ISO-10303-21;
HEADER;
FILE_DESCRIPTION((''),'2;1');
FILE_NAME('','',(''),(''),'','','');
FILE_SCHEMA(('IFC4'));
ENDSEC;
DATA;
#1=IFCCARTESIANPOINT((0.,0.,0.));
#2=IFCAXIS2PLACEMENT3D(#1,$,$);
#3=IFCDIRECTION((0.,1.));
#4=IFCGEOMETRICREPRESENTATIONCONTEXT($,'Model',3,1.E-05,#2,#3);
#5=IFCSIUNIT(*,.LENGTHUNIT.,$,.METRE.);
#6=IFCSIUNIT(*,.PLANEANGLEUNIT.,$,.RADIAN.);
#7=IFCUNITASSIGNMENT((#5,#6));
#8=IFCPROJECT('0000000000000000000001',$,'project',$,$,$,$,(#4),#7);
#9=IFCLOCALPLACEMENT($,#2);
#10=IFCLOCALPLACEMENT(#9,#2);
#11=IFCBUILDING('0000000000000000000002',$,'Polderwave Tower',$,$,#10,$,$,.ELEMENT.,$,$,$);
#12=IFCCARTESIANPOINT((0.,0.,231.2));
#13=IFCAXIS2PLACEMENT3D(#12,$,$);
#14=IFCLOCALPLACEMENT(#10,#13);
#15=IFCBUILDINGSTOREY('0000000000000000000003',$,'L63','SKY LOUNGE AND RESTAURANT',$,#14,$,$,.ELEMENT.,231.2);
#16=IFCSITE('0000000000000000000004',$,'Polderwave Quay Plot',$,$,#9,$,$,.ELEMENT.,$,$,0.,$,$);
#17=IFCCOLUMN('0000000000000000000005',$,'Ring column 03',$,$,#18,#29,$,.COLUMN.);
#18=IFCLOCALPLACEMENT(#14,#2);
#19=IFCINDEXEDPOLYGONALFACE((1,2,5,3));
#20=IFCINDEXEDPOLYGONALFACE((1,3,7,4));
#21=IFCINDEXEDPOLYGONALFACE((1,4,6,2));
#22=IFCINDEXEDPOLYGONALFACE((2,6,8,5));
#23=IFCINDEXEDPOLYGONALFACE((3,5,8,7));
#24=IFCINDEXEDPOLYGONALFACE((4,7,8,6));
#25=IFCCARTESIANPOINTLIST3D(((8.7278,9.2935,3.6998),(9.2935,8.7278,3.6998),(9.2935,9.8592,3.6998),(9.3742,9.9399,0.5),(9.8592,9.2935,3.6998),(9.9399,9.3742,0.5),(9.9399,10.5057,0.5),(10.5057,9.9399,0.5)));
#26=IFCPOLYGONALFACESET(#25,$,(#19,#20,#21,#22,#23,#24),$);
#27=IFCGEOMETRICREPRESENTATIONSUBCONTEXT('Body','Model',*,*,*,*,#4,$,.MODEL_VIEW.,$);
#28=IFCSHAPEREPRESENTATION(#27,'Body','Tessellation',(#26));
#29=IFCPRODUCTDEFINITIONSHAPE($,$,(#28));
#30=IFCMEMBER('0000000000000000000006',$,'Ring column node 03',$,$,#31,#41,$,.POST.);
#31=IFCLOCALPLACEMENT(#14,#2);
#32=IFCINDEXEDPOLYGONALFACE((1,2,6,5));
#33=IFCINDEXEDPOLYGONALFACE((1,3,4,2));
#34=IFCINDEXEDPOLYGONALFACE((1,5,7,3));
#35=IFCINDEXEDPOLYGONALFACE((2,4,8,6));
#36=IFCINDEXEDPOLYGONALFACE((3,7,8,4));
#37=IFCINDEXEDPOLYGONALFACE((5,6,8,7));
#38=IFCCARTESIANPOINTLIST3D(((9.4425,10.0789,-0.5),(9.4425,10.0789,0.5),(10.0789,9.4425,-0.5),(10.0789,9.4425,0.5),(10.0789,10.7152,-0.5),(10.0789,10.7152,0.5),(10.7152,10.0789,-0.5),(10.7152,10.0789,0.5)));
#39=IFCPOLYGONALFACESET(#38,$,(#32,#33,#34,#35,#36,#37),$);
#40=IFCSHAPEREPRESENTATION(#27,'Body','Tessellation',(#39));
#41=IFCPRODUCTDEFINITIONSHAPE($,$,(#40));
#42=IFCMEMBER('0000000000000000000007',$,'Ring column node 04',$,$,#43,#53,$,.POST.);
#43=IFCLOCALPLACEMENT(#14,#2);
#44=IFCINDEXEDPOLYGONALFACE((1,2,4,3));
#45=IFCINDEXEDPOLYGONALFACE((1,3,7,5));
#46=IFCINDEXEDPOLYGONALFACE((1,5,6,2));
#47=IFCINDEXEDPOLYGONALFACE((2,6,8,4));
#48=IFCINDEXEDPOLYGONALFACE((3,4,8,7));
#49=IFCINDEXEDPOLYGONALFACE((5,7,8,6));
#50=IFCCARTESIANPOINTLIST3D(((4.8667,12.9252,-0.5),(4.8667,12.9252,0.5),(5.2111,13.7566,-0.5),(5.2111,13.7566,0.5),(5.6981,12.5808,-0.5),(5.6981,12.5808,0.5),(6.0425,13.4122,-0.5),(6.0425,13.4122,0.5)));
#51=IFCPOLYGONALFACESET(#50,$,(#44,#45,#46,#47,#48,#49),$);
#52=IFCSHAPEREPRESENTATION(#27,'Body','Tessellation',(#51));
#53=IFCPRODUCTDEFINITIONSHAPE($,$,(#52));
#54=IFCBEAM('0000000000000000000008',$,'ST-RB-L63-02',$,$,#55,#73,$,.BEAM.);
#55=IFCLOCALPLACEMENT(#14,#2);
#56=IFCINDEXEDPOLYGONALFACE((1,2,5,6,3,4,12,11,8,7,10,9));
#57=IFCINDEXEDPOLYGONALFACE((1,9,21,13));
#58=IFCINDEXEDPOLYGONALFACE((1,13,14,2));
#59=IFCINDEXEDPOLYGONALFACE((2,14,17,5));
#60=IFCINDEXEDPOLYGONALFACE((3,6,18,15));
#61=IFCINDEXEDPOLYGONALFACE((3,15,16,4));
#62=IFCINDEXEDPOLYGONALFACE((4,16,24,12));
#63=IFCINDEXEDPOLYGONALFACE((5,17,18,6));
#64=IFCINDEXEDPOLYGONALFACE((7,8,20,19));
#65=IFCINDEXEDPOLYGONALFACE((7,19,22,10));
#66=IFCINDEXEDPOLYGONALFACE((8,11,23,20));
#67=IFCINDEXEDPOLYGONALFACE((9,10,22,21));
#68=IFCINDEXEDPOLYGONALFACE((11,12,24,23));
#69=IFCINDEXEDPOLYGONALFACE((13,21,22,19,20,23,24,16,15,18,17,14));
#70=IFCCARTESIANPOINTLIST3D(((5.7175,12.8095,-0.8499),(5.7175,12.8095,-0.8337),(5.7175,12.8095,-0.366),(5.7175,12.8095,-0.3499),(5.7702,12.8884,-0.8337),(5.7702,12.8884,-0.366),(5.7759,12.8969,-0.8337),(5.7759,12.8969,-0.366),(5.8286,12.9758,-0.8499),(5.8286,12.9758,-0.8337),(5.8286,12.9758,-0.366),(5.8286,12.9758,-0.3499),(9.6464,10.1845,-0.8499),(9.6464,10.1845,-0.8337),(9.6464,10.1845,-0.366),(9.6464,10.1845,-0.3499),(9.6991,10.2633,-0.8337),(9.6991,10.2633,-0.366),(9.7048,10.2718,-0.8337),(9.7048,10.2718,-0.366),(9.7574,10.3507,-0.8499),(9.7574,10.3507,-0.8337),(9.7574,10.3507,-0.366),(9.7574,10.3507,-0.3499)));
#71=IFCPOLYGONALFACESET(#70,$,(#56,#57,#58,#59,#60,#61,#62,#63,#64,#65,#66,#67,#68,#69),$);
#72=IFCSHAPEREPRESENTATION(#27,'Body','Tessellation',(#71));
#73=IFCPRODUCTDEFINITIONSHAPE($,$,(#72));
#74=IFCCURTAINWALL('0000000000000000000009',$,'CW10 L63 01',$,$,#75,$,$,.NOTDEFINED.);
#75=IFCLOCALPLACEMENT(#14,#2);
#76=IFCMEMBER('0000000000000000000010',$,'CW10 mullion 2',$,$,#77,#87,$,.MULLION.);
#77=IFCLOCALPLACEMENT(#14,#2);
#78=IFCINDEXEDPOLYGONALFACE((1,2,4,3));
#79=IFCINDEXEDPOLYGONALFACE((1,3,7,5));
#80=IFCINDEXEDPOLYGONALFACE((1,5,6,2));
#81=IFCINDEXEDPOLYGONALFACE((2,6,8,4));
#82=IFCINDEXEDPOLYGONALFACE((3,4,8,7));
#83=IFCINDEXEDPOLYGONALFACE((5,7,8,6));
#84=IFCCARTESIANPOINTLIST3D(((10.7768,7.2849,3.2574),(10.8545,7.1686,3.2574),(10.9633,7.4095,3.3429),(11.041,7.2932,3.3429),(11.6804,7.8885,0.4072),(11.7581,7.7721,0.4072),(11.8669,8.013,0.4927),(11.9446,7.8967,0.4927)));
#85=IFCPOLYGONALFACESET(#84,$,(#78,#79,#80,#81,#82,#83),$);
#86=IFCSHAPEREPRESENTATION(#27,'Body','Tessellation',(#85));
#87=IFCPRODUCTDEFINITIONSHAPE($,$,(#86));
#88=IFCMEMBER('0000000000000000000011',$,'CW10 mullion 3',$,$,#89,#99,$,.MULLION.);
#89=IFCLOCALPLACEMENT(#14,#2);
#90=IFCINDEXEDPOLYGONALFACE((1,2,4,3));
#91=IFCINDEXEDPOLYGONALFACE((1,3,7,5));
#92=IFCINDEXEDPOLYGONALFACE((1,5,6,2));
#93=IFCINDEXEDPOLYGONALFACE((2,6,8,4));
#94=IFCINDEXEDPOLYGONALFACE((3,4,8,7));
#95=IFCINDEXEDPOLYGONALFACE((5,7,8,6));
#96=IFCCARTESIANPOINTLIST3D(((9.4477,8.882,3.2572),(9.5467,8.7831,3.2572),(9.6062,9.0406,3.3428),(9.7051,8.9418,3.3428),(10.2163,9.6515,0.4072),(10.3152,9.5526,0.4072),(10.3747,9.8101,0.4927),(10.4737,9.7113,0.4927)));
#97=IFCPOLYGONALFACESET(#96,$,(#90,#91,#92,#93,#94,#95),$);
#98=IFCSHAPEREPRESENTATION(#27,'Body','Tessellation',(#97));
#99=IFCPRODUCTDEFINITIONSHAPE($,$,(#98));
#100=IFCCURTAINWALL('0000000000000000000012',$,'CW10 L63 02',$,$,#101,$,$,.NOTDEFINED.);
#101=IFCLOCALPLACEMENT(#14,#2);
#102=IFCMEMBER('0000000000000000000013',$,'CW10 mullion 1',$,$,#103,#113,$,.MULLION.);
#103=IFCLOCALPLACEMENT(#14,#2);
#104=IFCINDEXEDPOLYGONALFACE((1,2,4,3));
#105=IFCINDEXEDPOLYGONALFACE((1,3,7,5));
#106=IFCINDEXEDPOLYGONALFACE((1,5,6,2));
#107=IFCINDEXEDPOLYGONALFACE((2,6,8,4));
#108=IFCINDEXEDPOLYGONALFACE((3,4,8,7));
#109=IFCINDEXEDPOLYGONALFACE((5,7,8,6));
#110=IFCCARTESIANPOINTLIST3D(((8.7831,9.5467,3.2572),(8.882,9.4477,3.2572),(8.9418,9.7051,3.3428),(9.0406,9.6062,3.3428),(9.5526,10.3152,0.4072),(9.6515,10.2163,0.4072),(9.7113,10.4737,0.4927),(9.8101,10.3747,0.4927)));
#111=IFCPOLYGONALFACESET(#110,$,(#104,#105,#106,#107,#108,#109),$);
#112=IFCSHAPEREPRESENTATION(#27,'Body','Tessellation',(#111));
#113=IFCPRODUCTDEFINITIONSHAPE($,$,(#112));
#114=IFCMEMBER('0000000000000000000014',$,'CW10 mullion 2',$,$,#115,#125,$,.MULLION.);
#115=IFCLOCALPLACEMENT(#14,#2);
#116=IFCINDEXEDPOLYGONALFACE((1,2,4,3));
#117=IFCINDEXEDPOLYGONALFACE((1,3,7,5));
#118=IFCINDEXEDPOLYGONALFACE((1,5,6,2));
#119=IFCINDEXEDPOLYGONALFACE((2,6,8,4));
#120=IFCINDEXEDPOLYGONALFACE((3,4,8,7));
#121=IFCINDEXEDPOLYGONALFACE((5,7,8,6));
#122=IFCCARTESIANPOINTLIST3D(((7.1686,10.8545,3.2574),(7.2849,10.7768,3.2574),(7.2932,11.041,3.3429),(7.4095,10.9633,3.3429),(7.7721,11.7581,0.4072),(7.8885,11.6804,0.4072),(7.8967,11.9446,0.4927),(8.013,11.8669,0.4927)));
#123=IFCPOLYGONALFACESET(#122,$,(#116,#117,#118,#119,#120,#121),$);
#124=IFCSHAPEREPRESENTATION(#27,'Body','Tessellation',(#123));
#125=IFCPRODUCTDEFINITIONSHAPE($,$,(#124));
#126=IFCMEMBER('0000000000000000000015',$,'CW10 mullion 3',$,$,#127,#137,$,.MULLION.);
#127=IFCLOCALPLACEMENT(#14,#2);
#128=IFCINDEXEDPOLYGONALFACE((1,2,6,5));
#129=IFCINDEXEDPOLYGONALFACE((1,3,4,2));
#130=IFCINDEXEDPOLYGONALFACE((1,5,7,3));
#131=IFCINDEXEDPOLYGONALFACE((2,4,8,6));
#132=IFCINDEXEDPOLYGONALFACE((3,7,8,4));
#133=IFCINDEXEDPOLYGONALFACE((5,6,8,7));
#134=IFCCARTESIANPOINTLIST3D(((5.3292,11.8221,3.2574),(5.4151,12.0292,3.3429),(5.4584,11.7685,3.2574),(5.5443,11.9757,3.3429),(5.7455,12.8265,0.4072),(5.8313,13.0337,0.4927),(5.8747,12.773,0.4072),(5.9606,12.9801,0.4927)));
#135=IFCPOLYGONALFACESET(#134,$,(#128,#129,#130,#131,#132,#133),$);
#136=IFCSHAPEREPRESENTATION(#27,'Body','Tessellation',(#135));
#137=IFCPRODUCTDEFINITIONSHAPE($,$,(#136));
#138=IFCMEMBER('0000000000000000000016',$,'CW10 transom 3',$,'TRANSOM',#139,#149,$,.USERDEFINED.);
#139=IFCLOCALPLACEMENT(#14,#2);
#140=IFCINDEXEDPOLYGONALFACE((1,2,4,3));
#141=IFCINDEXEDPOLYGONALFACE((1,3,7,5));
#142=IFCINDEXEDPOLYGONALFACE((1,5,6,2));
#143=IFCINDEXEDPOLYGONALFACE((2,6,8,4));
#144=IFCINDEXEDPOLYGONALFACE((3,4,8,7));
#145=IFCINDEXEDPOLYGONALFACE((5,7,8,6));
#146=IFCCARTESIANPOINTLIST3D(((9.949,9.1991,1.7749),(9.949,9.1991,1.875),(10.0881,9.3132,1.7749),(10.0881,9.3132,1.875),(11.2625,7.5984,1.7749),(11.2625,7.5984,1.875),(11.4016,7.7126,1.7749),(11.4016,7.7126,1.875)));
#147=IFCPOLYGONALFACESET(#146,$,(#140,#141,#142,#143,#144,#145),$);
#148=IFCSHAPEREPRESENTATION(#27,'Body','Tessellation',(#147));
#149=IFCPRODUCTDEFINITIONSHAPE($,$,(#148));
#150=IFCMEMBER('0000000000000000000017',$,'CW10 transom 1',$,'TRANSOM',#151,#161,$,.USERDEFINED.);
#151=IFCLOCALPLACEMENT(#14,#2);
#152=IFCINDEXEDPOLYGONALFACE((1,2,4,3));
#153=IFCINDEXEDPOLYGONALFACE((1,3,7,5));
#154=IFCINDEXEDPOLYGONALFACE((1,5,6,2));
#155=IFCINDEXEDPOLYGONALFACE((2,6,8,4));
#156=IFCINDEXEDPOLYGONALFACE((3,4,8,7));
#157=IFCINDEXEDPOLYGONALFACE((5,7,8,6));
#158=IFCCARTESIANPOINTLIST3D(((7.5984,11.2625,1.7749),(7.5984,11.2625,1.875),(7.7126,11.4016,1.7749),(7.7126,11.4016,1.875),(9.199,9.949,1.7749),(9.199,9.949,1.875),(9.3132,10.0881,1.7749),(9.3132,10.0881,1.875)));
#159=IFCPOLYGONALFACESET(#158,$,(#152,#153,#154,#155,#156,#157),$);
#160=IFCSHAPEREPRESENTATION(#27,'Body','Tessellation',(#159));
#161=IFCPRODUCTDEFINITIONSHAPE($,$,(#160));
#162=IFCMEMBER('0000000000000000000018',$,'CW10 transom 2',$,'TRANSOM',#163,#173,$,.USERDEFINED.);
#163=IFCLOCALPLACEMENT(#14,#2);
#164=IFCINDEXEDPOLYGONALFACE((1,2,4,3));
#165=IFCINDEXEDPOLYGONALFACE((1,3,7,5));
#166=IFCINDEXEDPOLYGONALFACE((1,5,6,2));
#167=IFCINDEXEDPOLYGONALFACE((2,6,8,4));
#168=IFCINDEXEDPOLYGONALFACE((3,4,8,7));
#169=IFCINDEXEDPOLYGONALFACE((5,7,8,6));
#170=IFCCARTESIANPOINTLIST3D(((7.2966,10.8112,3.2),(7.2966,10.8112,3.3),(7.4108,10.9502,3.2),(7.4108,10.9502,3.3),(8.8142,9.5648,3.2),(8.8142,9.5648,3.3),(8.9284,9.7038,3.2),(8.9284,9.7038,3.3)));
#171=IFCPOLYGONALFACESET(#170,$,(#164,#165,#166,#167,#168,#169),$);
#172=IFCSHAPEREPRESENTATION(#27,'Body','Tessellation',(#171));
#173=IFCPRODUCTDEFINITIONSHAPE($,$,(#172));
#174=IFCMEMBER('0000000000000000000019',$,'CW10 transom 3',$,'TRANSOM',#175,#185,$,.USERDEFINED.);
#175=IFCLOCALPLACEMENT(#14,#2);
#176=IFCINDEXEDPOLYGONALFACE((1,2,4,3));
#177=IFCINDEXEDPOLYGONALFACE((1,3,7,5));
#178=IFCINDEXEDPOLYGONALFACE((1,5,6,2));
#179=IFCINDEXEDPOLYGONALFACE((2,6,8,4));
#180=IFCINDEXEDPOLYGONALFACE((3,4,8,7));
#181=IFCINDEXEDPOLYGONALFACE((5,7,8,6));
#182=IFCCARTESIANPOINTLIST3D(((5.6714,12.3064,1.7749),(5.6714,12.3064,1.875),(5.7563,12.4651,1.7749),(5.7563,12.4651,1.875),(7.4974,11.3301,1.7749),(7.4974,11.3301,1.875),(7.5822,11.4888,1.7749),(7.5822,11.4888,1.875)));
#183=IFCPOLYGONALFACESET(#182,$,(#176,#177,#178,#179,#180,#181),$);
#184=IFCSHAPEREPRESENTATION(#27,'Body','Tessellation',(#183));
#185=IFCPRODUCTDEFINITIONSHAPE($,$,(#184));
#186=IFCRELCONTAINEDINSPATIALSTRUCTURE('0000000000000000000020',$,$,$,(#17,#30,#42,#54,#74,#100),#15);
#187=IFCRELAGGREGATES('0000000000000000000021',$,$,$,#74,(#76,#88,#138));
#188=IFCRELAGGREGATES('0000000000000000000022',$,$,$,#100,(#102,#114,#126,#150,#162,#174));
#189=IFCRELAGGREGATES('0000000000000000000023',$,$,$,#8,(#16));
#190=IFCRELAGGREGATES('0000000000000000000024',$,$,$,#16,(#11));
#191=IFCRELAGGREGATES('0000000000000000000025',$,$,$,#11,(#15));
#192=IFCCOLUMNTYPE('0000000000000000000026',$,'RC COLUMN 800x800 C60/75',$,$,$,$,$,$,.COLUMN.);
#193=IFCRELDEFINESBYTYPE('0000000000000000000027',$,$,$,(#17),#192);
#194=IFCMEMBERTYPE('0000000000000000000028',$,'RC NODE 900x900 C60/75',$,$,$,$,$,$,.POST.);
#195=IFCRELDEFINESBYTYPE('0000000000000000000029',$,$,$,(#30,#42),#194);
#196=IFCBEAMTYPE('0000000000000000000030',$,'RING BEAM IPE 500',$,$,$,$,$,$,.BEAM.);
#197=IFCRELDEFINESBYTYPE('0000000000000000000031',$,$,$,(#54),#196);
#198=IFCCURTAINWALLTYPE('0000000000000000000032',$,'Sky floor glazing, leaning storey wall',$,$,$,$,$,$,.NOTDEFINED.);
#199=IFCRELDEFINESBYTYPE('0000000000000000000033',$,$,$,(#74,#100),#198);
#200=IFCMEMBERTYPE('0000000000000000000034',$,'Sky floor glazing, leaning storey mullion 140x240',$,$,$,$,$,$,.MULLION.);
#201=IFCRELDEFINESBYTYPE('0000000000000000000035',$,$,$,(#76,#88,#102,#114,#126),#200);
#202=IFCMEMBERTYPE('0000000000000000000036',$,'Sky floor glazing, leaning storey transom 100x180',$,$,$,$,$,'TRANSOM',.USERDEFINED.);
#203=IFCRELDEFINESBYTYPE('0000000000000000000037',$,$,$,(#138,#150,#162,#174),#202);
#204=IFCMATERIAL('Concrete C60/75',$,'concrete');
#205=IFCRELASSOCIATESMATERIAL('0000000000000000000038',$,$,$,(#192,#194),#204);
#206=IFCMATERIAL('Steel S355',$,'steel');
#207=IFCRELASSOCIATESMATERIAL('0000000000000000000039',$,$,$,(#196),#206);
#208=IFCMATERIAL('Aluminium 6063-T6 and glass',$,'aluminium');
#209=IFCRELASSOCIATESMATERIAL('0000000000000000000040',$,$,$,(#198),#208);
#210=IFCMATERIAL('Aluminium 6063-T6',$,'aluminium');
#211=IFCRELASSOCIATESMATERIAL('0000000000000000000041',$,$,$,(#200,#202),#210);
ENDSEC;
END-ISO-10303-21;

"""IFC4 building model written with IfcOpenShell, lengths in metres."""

from ifc_helpers import new_model, si_unit, direction, frame, origin, origin_2d, place, context, subcontext, project, spatial, rectangle, i_section, extrude, material, material_profile, profile_set, type_object, element, aggregate, save


model = new_model("IFC4")

# Units and contexts
model_context = context("Model", 3, precision=1e-05, world=origin(), true_north=direction((0.0, 1.0)))
body_context = subcontext(model_context, "Body", "Model", "MODEL_VIEW")
ifc_project = project(units=[si_unit("LENGTHUNIT", "METRE"), si_unit("PLANEANGLEUNIT", "RADIAN")], contexts=[model_context])

# Site, building, storey
site_placement = place(None, origin())
site = spatial("IfcSite", under=ifc_project, at=site_placement, Name="Polderwave Quay Plot", CompositionType="ELEMENT", RefElevation=0.0)
building_placement = place(site_placement, origin())
building = spatial("IfcBuilding", under=site, at=building_placement, Name="Polderwave Tower", CompositionType="ELEMENT")
storey_placement = place(building_placement, frame((0.0, 0.0, 231.2)))
storey = spatial("IfcBuildingStorey", under=building, at=storey_placement, Name="L63", Description="SKY LOUNGE AND RESTAURANT", CompositionType="ELEMENT", Elevation=231.2)

# Column
ifc_material_1 = material(Name="Concrete C60/75", Category="concrete")
ifc_material_profile_1 = material_profile(ifc_material_1, rectangle(XDim=0.8, YDim=0.8, at=origin_2d()), Name="RC 800x800")
ifc_profile_set_1 = profile_set([ifc_material_profile_1], Name="Concrete C60/75")
column_type = type_object("IfcColumnType", Name="RC COLUMN 800x800 C60/75", PredefinedType="COLUMN", material=ifc_profile_set_1)
column_placement = place(storey_placement, frame((9.9399, 9.9399, 0.5), z_axis=(0.0, 0.0, 1.0), x_axis=(0.707107, -0.707107, 0.0)))
element("IfcColumn", 1, at=column_placement, inside=storey, type_object=column_type, Name="Ring column 03", PredefinedType="COLUMN", context=body_context, shape_type="SweptSolid", body=[
    extrude(rectangle(XDim=0.8, YDim=0.8, at=origin_2d()), origin(), (0.0, -0.27472, 0.961524), 3.3279),
])

# Members
ifc_material_profile_2 = material_profile(ifc_material_1, rectangle(XDim=0.8999, YDim=0.8999, at=origin_2d()), Name="RC 900x900")
ifc_profile_set_2 = profile_set([ifc_material_profile_2], Name="Concrete C60/75")
member_type_1 = type_object("IfcMemberType", Name="RC NODE 900x900 C60/75", PredefinedType="POST", material=ifc_profile_set_2)
for number, where, z_axis, x_axis, name in (
    (2, (10.0789, 10.0789, -0.5), (0.0, 0.0, 1.0), (0.707107, 0.707107, 0.0), "Ring column node 03"),
    (3, (5.4546, 13.1687, -0.5), (0.0, 0.0, 1.0), (0.382683, 0.92388, 0.0), "Ring column node 04"),
):
    element("IfcMember", number, at=place(storey_placement, frame(where, z_axis=z_axis, x_axis=x_axis)), inside=storey, type_object=member_type_1, Name=name, PredefinedType="POST", context=body_context, shape_type="SweptSolid", body=[
        extrude(rectangle(XDim=0.8999, YDim=0.8999, at=origin_2d()), origin(), (0.0, 0.0, 1.0), 1.0),
    ])

# Beam
ifc_material_2 = material(Name="Steel S355", Category="steel")
ifc_material_profile_3 = material_profile(ifc_material_2, i_section(OverallWidth=0.2, OverallDepth=0.5, WebThickness=0.0103, FlangeThickness=0.0161, at=origin_2d()), Name="IPE 500")
ifc_profile_set_3 = profile_set([ifc_material_profile_3], Name="Steel S355")
beam_type = type_object("IfcBeamType", Name="RING BEAM IPE 500", PredefinedType="BEAM", material=ifc_profile_set_3)
beam_placement = place(storey_placement, frame((9.7019, 10.2676, -0.5999), z_axis=(-0.831478, 0.555558, 0.0), x_axis=(-0.555558, -0.831478, 0.0)))
element("IfcBeam", 4, at=beam_placement, inside=storey, type_object=beam_type, Name="ST-RB-L63-02", PredefinedType="BEAM", context=body_context, shape_type="SweptSolid", body=[
    extrude(i_section(OverallWidth=0.2, OverallDepth=0.5, WebThickness=0.0103, FlangeThickness=0.0161, at=origin_2d()), origin(), (0.0, 0.0, 1.0), 4.7251),
])

# Curtain walls, members
ifc_material_3 = material(Name="Aluminium 6063-T6 and glass", Category="aluminium")
curtain_wall_type = type_object("IfcCurtainWallType", Name="Sky floor glazing, leaning storey wall", PredefinedType="NOTDEFINED", material=ifc_material_3)
curtain_wall_1_placement = place(storey_placement, origin())
curtain_wall_1 = element("IfcCurtainWall", 5, at=curtain_wall_1_placement, inside=storey, type_object=curtain_wall_type, Name="CW10 L63 01", PredefinedType="NOTDEFINED")
ifc_material_4 = material(Name="Aluminium 6063-T6", Category="aluminium")
ifc_material_profile_4 = material_profile(ifc_material_4, rectangle(XDim=0.1399, YDim=0.24, at=origin_2d()), Name="AL 140x240")
ifc_profile_set_4 = profile_set([ifc_material_profile_4], Name="Aluminium 6063-T6")
member_type_2 = type_object("IfcMemberType", Name="Sky floor glazing, leaning storey mullion 140x240", PredefinedType="MULLION", material=ifc_profile_set_4)
member_1_placement = place(storey_placement, frame((11.8125, 7.8926, 0.45), z_axis=(-0.296231, -0.197861, 0.934397), x_axis=(0.555426, -0.831566, 0.0)))
member_1 = element("IfcMember", 6, at=member_1_placement, type_object=member_type_2, Name="CW10 mullion 2", PredefinedType="MULLION", context=body_context, shape_type="SweptSolid", body=[
    extrude(rectangle(XDim=0.1399, YDim=0.24, at=origin_2d()), origin(), (0.0, 0.0, 1.0), 3.0503),
])
member_2_placement = place(storey_placement, frame((10.345, 9.6814, 0.45), z_axis=(-0.251939, -0.252259, 0.934287), x_axis=(0.707556, -0.706658, 0.0)))
member_2 = element("IfcMember", 7, at=member_2_placement, type_object=member_type_2, Name="CW10 mullion 3", PredefinedType="MULLION", context=body_context, shape_type="SweptSolid", body=[
    extrude(rectangle(XDim=0.1399, YDim=0.24, at=origin_2d()), origin(), (0.0, 0.0, 1.0), 3.0505),
])
curtain_wall_2_placement = place(storey_placement, origin())
curtain_wall_2 = element("IfcCurtainWall", 8, at=curtain_wall_2_placement, inside=storey, type_object=curtain_wall_type, Name="CW10 L63 02", PredefinedType="NOTDEFINED")
member_3_placement = place(storey_placement, frame((9.6814, 10.345, 0.45), z_axis=(-0.252259, -0.251939, 0.934287), x_axis=(0.706658, -0.707556, 0.0)))
member_3 = element("IfcMember", 9, at=member_3_placement, type_object=member_type_2, Name="CW10 mullion 1", PredefinedType="MULLION", context=body_context, shape_type="SweptSolid", body=[
    extrude(rectangle(XDim=0.1399, YDim=0.24, at=origin_2d()), origin(), (0.0, 0.0, 1.0), 3.0505),
])
member_4_placement = place(storey_placement, frame((7.8926, 11.8125, 0.45), z_axis=(-0.197861, -0.296231, 0.934397), x_axis=(0.831566, -0.555426, 0.0)))
member_4 = element("IfcMember", 10, at=member_4_placement, type_object=member_type_2, Name="CW10 mullion 2", PredefinedType="MULLION", context=body_context, shape_type="SweptSolid", body=[
    extrude(rectangle(XDim=0.1399, YDim=0.24, at=origin_2d()), origin(), (0.0, 0.0, 1.0), 3.0503),
])
member_5_placement = place(storey_placement, frame((5.853, 12.9033, 0.45), z_axis=(-0.136459, -0.329263, 0.934326), x_axis=(0.923806, -0.382861, 0.0)))
member_5 = element("IfcMember", 11, at=member_5_placement, type_object=member_type_2, Name="CW10 mullion 3", PredefinedType="MULLION", context=body_context, shape_type="SweptSolid", body=[
    extrude(rectangle(XDim=0.1399, YDim=0.24, at=origin_2d()), origin(), (0.0, 0.0, 1.0), 3.0505),
])

# Members
ifc_material_profile_5 = material_profile(ifc_material_4, rectangle(XDim=0.1799, YDim=0.1001, at=origin_2d()), Name="AL 100x180")
ifc_profile_set_5 = profile_set([ifc_material_profile_5], Name="Aluminium 6063-T6")
member_type_3 = type_object("IfcMemberType", Name="Sky floor glazing, leaning storey transom 100x180", ElementType="TRANSOM", PredefinedType="USERDEFINED", material=ifc_profile_set_5)
member_6_placement = place(storey_placement, frame((11.332, 7.6555, 1.825), z_axis=(-0.634367, 0.773032, 0.0), x_axis=(-0.773032, -0.634367, 0.0)))
member_6 = element("IfcMember", 12, at=member_6_placement, type_object=member_type_3, Name="CW10 transom 3", ObjectType="TRANSOM", PredefinedType="USERDEFINED", context=body_context, shape_type="SweptSolid", body=[
    extrude(rectangle(XDim=0.1799, YDim=0.1001, at=origin_2d()), origin(), (0.0, 0.0, 1.0), 2.0706),
])
member_7_placement = place(storey_placement, frame((9.2561, 10.0186, 1.825), z_axis=(-0.773032, 0.634367, 0.0), x_axis=(-0.634367, -0.773032, 0.0)))
member_7 = element("IfcMember", 13, at=member_7_placement, type_object=member_type_3, Name="CW10 transom 1", ObjectType="TRANSOM", PredefinedType="USERDEFINED", context=body_context, shape_type="SweptSolid", body=[
    extrude(rectangle(XDim=0.1799, YDim=0.1001, at=origin_2d()), origin(), (0.0, 0.0, 1.0), 2.0706),
])
member_8_placement = place(storey_placement, frame((8.8713, 9.6343, 3.25), z_axis=(-0.772787, 0.634665, 0.0), x_axis=(-0.634665, -0.772787, 0.0)))
member_8 = element("IfcMember", 14, at=member_8_placement, type_object=member_type_3, Name="CW10 transom 2", ObjectType="TRANSOM", PredefinedType="USERDEFINED", context=body_context, shape_type="SweptSolid", body=[
    extrude(rectangle(XDim=0.1799, YDim=0.1001, at=origin_2d()), origin(), (0.0, 0.0, 1.0), 1.9639),
])
member_9_placement = place(storey_placement, frame((7.5398, 11.4094, 1.825), z_axis=(-0.881853, 0.471524, 0.0), x_axis=(-0.471524, -0.881853, 0.0)))
member_9 = element("IfcMember", 15, at=member_9_placement, type_object=member_type_3, Name="CW10 transom 3", ObjectType="TRANSOM", PredefinedType="USERDEFINED", context=body_context, shape_type="SweptSolid", body=[
    extrude(rectangle(XDim=0.1799, YDim=0.1001, at=origin_2d()), origin(), (0.0, 0.0, 1.0), 2.0706),
])

aggregate(curtain_wall_1, [member_1, member_2, member_6])
aggregate(curtain_wall_2, [member_3, member_4, member_5, member_7, member_8, member_9])

save(model, "model.ifc")
